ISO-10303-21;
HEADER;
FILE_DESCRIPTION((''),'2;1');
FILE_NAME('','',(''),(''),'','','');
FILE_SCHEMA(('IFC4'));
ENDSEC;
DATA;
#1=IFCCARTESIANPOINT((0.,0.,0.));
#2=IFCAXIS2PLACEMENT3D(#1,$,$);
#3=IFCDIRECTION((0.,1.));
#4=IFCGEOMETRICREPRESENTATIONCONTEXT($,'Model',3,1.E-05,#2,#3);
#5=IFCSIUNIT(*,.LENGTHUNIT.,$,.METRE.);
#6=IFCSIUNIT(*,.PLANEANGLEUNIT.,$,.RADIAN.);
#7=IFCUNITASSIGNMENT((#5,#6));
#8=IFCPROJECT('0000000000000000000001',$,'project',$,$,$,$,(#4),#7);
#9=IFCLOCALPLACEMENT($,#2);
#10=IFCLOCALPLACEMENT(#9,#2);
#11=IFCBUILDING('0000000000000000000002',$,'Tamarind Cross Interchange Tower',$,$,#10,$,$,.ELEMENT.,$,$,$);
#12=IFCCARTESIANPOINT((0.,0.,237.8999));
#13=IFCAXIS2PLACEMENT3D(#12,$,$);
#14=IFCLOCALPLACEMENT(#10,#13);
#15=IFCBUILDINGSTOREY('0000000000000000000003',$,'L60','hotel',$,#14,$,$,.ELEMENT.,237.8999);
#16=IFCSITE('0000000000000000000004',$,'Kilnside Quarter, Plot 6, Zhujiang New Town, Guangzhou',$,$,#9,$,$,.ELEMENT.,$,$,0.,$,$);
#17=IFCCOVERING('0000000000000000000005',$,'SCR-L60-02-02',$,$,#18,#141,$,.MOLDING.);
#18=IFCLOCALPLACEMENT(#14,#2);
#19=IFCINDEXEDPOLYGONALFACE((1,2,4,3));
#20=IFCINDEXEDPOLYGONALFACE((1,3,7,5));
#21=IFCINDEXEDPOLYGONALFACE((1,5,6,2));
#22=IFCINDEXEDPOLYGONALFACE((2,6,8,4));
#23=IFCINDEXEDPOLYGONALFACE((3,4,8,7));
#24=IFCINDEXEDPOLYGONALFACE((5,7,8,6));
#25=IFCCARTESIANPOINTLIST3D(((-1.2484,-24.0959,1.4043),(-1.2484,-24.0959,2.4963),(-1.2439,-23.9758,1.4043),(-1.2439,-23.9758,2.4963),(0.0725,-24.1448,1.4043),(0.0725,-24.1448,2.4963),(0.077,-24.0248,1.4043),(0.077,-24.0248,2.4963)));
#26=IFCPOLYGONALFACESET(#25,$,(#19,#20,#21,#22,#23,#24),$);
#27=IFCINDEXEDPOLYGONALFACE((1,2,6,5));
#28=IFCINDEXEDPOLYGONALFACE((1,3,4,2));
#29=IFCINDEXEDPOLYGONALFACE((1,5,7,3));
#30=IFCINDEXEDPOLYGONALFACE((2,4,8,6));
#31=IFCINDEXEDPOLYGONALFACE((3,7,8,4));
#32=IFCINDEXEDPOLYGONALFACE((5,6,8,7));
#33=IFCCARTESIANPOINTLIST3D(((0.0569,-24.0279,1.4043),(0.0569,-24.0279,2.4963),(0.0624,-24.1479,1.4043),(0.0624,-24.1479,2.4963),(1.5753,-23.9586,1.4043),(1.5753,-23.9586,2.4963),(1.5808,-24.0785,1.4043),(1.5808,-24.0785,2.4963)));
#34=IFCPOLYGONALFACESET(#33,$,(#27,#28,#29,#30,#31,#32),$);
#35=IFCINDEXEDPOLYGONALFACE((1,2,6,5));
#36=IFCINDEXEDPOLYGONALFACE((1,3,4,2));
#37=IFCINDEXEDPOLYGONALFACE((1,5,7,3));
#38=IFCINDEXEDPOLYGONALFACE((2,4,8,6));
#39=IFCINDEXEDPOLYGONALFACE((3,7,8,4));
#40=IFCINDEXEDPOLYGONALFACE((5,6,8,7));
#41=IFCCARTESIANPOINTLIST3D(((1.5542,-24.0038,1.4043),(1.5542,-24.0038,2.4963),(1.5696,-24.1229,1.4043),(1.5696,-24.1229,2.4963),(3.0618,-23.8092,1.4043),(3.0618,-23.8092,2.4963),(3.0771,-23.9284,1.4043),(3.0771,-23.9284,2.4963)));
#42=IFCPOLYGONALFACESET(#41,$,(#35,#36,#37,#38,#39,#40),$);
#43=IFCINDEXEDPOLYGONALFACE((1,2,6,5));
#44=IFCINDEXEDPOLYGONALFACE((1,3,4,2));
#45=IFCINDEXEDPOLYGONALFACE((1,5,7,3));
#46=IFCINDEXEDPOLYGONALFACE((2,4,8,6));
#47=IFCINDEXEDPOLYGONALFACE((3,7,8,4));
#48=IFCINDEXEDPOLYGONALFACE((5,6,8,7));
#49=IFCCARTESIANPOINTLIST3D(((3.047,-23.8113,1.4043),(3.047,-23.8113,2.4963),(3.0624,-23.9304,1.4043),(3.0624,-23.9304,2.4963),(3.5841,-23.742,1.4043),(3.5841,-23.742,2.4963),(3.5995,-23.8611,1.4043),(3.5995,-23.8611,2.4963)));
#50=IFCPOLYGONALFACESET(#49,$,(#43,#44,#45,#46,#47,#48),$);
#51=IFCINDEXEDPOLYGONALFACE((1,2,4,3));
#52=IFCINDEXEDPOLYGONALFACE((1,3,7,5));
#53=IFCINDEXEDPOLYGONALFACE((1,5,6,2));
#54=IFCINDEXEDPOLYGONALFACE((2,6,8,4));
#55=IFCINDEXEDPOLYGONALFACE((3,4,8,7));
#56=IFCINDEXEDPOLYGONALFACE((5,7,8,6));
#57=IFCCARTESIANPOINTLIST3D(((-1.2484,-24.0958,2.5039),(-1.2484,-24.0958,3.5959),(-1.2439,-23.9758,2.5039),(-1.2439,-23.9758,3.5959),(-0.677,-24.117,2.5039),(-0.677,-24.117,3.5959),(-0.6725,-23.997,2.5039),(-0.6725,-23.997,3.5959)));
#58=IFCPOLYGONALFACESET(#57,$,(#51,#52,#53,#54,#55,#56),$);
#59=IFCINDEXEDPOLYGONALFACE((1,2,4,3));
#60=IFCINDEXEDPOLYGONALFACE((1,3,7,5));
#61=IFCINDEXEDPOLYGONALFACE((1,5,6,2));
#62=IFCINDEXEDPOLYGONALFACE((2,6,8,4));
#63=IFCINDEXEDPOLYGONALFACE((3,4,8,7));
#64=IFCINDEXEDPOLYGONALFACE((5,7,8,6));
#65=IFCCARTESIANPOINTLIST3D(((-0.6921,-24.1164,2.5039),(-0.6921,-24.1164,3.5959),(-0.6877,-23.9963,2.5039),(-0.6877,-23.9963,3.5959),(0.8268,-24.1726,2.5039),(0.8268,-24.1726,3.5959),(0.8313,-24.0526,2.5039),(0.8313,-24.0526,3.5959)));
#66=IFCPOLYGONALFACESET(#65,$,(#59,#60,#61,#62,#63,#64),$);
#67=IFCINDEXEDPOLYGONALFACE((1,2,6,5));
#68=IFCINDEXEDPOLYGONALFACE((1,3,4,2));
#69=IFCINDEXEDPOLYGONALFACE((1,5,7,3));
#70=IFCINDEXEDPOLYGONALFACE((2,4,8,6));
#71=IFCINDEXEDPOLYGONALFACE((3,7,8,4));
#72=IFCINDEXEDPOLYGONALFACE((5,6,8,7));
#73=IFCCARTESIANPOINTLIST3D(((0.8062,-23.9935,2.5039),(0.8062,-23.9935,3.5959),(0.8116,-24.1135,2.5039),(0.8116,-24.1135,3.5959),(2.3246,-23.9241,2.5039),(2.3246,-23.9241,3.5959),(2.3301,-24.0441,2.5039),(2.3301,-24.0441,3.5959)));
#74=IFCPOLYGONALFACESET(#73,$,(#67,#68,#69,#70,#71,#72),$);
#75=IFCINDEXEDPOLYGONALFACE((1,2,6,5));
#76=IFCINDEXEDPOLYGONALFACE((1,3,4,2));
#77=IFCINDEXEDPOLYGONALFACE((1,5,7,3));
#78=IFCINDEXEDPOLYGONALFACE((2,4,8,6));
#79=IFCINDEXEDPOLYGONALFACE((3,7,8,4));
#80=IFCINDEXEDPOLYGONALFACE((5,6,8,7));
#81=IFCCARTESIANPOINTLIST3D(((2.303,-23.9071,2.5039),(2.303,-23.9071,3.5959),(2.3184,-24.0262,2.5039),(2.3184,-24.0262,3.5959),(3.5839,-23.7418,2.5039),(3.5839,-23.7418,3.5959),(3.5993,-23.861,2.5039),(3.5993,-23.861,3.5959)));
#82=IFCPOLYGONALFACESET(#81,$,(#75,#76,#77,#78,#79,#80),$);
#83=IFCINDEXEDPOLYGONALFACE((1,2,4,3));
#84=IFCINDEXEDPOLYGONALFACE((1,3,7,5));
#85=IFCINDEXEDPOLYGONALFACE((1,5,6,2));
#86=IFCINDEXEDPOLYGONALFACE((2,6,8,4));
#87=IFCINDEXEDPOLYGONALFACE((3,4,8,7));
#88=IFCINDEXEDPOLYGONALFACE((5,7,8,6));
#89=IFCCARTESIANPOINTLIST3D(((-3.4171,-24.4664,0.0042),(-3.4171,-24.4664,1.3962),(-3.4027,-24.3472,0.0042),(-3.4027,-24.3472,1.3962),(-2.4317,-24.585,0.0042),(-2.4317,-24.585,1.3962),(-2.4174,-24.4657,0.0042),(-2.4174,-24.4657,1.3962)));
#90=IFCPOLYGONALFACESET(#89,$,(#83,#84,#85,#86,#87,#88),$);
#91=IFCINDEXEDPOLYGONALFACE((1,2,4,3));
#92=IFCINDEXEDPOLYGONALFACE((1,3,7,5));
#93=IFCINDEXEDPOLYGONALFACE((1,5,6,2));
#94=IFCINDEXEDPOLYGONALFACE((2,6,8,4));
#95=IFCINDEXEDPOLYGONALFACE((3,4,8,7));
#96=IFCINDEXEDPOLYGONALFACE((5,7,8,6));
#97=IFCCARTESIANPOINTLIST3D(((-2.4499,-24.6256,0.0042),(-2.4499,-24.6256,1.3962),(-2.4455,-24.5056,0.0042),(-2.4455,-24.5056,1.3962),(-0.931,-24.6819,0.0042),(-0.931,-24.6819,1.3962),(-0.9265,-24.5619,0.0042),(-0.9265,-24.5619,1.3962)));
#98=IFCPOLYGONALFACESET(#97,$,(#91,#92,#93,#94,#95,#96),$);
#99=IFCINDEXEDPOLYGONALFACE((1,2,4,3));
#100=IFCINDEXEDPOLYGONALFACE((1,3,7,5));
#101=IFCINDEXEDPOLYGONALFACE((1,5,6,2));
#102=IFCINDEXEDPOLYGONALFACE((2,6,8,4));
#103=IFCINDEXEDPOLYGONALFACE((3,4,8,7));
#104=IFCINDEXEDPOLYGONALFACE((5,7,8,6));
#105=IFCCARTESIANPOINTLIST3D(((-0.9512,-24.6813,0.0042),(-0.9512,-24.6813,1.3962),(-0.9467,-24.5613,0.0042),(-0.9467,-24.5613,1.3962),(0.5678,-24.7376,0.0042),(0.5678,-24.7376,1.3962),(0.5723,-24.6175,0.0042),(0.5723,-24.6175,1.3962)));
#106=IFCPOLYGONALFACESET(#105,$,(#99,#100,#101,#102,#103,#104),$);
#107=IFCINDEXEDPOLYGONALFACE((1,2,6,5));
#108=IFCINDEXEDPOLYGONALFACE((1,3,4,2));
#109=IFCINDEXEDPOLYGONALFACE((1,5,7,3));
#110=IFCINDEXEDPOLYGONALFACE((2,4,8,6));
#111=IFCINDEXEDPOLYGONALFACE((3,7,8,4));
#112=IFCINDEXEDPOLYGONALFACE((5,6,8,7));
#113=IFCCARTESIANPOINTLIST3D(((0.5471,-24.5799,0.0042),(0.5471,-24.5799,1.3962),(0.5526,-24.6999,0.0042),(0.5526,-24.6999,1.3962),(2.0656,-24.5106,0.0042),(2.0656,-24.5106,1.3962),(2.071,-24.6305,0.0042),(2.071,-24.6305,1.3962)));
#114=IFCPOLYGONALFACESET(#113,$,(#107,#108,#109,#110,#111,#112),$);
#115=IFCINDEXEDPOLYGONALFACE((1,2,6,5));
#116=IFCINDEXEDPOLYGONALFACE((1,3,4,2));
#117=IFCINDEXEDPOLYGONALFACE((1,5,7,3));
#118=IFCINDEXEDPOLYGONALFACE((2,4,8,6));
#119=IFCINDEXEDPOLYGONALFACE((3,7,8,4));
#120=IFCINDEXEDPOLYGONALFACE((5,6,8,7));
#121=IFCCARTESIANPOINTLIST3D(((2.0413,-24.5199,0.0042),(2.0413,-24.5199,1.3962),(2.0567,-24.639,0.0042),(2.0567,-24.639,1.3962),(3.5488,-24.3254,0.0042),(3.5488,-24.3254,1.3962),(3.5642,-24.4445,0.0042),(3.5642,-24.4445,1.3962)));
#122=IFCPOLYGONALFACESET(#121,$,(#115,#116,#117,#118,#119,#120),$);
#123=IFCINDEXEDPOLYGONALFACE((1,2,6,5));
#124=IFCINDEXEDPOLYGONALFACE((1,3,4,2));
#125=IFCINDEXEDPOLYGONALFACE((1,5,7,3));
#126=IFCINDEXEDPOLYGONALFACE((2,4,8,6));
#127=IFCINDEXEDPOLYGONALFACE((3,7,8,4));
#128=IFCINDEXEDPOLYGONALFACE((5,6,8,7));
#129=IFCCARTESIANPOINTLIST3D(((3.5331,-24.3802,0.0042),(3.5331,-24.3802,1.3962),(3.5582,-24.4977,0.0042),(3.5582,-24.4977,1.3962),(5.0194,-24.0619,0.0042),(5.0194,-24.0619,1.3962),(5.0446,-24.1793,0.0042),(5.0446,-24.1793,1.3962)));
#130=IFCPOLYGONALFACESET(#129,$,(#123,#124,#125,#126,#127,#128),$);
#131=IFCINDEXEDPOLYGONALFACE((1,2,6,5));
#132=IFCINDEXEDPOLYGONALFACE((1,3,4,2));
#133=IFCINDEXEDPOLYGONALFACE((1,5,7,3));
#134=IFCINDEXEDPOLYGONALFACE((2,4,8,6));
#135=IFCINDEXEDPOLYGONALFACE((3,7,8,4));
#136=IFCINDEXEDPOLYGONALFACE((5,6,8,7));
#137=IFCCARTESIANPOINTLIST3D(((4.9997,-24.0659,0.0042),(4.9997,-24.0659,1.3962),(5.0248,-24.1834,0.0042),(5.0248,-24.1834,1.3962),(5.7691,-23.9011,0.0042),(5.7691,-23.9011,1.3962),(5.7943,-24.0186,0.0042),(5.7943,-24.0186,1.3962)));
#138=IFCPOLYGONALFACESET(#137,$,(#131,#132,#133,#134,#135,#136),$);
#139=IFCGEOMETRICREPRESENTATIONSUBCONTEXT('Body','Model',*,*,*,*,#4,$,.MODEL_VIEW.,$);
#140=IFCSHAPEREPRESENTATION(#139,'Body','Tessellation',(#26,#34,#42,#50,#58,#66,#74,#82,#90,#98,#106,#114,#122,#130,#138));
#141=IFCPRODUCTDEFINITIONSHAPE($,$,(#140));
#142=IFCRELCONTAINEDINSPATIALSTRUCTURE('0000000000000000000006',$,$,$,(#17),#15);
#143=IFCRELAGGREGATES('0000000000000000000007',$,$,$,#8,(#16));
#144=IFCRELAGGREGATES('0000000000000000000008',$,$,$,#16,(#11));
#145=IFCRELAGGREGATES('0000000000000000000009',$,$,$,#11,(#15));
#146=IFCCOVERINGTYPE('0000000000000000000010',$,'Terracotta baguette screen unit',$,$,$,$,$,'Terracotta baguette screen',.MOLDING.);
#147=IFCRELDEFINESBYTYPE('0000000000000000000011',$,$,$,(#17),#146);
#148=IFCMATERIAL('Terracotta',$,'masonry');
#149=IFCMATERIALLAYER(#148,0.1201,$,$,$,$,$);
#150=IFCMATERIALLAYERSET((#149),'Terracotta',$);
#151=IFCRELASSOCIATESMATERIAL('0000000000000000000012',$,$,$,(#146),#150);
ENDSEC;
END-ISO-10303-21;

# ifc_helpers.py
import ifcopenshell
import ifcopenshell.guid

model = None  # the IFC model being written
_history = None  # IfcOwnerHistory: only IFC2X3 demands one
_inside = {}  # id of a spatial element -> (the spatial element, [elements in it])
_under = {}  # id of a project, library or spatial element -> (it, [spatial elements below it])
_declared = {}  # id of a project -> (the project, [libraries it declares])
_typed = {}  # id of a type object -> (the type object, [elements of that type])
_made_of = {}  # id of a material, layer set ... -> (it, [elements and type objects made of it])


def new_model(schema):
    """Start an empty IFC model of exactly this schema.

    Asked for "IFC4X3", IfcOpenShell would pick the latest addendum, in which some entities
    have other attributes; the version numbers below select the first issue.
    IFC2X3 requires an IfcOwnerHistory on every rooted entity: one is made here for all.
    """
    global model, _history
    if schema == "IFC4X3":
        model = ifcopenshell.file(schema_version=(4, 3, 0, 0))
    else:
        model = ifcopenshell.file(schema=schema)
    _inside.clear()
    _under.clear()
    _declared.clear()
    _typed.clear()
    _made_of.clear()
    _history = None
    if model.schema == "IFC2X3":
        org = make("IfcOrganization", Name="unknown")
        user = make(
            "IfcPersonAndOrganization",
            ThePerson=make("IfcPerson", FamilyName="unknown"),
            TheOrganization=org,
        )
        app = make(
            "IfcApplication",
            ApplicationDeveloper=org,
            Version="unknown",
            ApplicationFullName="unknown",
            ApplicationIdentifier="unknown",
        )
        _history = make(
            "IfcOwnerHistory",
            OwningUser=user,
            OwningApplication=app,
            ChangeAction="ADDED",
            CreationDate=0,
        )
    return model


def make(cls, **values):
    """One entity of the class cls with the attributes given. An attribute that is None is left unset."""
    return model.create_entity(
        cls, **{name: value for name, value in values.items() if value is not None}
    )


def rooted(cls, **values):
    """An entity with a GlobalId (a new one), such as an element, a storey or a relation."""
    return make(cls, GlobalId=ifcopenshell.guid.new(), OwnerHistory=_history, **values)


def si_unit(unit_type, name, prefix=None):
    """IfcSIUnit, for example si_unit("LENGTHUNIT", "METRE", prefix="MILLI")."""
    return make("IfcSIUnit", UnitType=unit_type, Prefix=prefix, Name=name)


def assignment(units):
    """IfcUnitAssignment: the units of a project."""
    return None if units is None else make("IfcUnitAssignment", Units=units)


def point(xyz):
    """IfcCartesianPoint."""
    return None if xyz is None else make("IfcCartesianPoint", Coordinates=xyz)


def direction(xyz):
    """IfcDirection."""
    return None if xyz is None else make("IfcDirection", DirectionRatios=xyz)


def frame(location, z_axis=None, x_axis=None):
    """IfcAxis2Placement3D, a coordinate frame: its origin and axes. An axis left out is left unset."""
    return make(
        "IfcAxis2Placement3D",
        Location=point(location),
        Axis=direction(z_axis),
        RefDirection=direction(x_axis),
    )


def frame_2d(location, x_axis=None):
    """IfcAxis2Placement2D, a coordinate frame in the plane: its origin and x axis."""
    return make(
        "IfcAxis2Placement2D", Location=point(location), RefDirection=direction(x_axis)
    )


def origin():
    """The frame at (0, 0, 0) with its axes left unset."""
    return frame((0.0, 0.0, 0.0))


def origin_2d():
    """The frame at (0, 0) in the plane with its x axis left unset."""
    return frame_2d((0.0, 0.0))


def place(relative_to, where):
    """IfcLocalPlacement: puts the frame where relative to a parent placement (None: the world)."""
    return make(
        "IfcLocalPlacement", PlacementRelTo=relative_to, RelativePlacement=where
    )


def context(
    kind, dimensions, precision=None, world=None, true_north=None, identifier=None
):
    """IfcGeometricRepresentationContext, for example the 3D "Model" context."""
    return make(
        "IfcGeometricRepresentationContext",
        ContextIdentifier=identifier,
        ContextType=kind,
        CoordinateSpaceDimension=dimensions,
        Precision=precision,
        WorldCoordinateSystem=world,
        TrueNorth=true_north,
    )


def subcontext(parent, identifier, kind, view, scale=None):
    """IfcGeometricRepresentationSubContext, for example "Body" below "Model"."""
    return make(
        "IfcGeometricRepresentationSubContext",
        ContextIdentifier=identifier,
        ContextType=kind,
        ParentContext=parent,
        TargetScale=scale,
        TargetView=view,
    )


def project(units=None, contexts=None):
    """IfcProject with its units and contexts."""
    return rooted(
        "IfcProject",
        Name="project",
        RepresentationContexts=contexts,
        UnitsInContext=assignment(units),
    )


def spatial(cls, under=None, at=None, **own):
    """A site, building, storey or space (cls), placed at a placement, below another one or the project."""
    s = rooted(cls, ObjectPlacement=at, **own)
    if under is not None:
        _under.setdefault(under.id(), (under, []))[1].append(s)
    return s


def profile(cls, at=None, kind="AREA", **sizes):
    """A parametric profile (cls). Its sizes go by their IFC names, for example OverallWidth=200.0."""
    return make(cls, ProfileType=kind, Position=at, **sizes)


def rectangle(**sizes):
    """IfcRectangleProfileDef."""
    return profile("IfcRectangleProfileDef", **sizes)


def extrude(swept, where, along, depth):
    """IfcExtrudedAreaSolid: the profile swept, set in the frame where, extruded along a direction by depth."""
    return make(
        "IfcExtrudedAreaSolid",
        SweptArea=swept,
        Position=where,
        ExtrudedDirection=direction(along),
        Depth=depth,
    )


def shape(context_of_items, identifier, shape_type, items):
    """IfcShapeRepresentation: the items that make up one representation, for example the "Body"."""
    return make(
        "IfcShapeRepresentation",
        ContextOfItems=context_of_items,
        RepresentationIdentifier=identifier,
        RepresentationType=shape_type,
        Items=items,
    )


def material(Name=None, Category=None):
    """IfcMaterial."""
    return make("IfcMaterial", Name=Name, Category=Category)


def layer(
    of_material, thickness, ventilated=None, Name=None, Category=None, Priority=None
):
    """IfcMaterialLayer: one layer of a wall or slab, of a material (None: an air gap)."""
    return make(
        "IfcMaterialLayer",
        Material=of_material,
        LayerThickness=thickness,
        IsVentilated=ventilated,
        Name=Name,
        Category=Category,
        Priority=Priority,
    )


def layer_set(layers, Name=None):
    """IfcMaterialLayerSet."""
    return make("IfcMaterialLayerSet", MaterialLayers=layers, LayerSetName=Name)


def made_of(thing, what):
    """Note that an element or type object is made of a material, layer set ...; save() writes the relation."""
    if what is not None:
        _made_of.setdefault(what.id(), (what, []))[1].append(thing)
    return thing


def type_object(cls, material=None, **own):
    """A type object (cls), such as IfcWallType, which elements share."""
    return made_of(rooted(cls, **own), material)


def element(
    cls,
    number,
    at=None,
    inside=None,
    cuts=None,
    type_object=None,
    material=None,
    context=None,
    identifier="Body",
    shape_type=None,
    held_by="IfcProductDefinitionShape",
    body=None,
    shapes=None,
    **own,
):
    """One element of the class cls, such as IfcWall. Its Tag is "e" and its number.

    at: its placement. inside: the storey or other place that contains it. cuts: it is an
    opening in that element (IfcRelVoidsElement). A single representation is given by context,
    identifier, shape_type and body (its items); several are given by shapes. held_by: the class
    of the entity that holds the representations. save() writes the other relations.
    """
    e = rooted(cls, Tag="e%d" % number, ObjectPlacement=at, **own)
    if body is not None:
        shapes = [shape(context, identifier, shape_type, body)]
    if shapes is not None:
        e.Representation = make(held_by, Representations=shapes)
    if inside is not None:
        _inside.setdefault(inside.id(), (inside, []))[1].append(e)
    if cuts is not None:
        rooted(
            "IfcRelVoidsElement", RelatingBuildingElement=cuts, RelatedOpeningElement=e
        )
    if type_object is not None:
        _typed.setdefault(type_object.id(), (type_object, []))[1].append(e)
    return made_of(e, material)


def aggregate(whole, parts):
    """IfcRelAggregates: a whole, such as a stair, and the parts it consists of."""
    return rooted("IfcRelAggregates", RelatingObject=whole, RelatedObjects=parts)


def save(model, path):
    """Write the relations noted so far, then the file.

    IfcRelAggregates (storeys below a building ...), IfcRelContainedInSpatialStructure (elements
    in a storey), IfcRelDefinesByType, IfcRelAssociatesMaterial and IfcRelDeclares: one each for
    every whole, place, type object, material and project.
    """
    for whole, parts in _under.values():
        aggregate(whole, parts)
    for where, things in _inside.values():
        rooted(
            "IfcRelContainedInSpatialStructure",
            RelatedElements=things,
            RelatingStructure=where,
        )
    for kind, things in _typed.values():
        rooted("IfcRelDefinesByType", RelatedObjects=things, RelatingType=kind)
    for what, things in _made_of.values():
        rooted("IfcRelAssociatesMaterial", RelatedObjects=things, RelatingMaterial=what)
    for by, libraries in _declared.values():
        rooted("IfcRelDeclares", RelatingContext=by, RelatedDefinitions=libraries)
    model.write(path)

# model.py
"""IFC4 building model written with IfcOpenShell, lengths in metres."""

from ifc_helpers import new_model, si_unit, direction, frame, origin, origin_2d, place, context, subcontext, project, spatial, rectangle, extrude, material, layer, layer_set, type_object, element, save


model = new_model("IFC4")

# Units and contexts
model_context = context("Model", 3, precision=1e-05, world=origin(), true_north=direction((0.0, 1.0)))
body_context = subcontext(model_context, "Body", "Model", "MODEL_VIEW")
ifc_project = project(units=[si_unit("LENGTHUNIT", "METRE"), si_unit("PLANEANGLEUNIT", "RADIAN")], contexts=[model_context])

# Site, building, storey
site_placement = place(None, origin())
site = spatial("IfcSite", under=ifc_project, at=site_placement, Name="Kilnside Quarter, Plot 6, Zhujiang New Town, Guangzhou", CompositionType="ELEMENT", RefElevation=0.0)
building_placement = place(site_placement, origin())
building = spatial("IfcBuilding", under=site, at=building_placement, Name="Tamarind Cross Interchange Tower", CompositionType="ELEMENT")
storey_placement = place(building_placement, frame((0.0, 0.0, 237.8999)))
storey = spatial("IfcBuildingStorey", under=building, at=storey_placement, Name="L60", Description="hotel", CompositionType="ELEMENT", Elevation=237.8999)

# Covering
ifc_material_1 = material(Name="Terracotta", Category="masonry")
ifc_layer_1 = layer(ifc_material_1, 0.1201)
ifc_layer_set_1 = layer_set([ifc_layer_1], Name="Terracotta")
covering_type = type_object("IfcCoveringType", Name="Terracotta baguette screen unit", ElementType="Terracotta baguette screen", PredefinedType="MOLDING", material=ifc_layer_set_1)
covering_1_placement = place(storey_placement, origin())
element("IfcCovering", 1, at=covering_1_placement, inside=storey, type_object=covering_type, Name="SCR-L60-02-02", PredefinedType="MOLDING", context=body_context, shape_type="SweptSolid", body=[
    extrude(rectangle(XDim=1.3218, YDim=0.1201, at=origin_2d()), frame((-0.5857, -24.0603, 1.4043), z_axis=(0.0, 0.0, 1.0), x_axis=(0.999314, -0.037025, 0.0)), (0.0, 0.0, 1.0), 1.092),
    extrude(rectangle(XDim=1.52, YDim=0.1201, at=origin_2d()), frame((0.8188, -24.0532, 1.4043), z_axis=(0.0, 0.0, 1.0), x_axis=(0.998959, 0.045624, 0.0)), (0.0, 0.0, 1.0), 1.092),
    extrude(rectangle(XDim=1.52, YDim=0.1201, at=origin_2d()), frame((2.3157, -23.9661, 1.4043), z_axis=(0.0, 0.0, 1.0), x_axis=(0.991779, 0.127962, 0.0)), (0.0, 0.0, 1.0), 1.092),
    extrude(rectangle(XDim=0.5415, YDim=0.1201, at=origin_2d()), frame((3.3232, -23.8362, 1.4043), z_axis=(0.0, 0.0, 1.0), x_axis=(0.991779, 0.127962, 0.0)), (0.0, 0.0, 1.0), 1.092),
    extrude(rectangle(XDim=0.5718, YDim=0.1201, at=origin_2d()), frame((-0.9604, -24.0464, 2.5039), z_axis=(0.0, 0.0, 1.0), x_axis=(0.999314, -0.037025, 0.0)), (0.0, 0.0, 1.0), 1.092),
    extrude(rectangle(XDim=1.52, YDim=0.1201, at=origin_2d()), frame((0.0696, -24.0845, 2.5039), z_axis=(0.0, 0.0, 1.0), x_axis=(0.999314, -0.037025, 0.0)), (0.0, 0.0, 1.0), 1.092),
    extrude(rectangle(XDim=1.52, YDim=0.1201, at=origin_2d()), frame((1.5681, -24.0188, 2.5039), z_axis=(0.0, 0.0, 1.0), x_axis=(0.998959, 0.045624, 0.0)), (0.0, 0.0, 1.0), 1.092),
    extrude(rectangle(XDim=1.2915, YDim=0.1201, at=origin_2d()), frame((2.9512, -23.884, 2.5039), z_axis=(0.0, 0.0, 1.0), x_axis=(0.991779, 0.127962, 0.0)), (0.0, 0.0, 1.0), 1.092),
    extrude(rectangle(XDim=0.9924, YDim=0.1201, at=origin_2d()), frame((-2.9172, -24.4661, 0.0042), z_axis=(0.0, 0.0, 1.0), x_axis=(0.992844, -0.119421, 0.0)), (0.0, 0.0, 1.0), 1.3921),
    extrude(rectangle(XDim=1.52, YDim=0.1201, at=origin_2d()), frame((-1.6882, -24.5938, 0.0042), z_axis=(0.0, 0.0, 1.0), x_axis=(0.999314, -0.037025, 0.0)), (0.0, 0.0, 1.0), 1.3921),
    extrude(rectangle(XDim=1.52, YDim=0.1201, at=origin_2d()), frame((-0.1895, -24.6494, 0.0042), z_axis=(0.0, 0.0, 1.0), x_axis=(0.999314, -0.037025, 0.0)), (0.0, 0.0, 1.0), 1.3921),
    extrude(rectangle(XDim=1.52, YDim=0.1201, at=origin_2d()), frame((1.3091, -24.6052, 0.0042), z_axis=(0.0, 0.0, 1.0), x_axis=(0.998959, 0.045624, 0.0)), (0.0, 0.0, 1.0), 1.3921),
    extrude(rectangle(XDim=1.52, YDim=0.1201, at=origin_2d()), frame((2.8027, -24.4822, 0.0042), z_axis=(0.0, 0.0, 1.0), x_axis=(0.991779, 0.127962, 0.0)), (0.0, 0.0, 1.0), 1.3921),
    extrude(rectangle(XDim=1.52, YDim=0.1201, at=origin_2d()), frame((4.2888, -24.2798, 0.0042), z_axis=(0.0, 0.0, 1.0), x_axis=(0.977825, 0.209425, 0.0)), (0.0, 0.0, 1.0), 1.3921),
    extrude(rectangle(XDim=0.7869, YDim=0.1201, at=origin_2d()), frame((5.397, -24.0422, 0.0042), z_axis=(0.0, 0.0, 1.0), x_axis=(0.977825, 0.209425, 0.0)), (0.0, 0.0, 1.0), 1.3921),
])

save(model, "model.ifc")
